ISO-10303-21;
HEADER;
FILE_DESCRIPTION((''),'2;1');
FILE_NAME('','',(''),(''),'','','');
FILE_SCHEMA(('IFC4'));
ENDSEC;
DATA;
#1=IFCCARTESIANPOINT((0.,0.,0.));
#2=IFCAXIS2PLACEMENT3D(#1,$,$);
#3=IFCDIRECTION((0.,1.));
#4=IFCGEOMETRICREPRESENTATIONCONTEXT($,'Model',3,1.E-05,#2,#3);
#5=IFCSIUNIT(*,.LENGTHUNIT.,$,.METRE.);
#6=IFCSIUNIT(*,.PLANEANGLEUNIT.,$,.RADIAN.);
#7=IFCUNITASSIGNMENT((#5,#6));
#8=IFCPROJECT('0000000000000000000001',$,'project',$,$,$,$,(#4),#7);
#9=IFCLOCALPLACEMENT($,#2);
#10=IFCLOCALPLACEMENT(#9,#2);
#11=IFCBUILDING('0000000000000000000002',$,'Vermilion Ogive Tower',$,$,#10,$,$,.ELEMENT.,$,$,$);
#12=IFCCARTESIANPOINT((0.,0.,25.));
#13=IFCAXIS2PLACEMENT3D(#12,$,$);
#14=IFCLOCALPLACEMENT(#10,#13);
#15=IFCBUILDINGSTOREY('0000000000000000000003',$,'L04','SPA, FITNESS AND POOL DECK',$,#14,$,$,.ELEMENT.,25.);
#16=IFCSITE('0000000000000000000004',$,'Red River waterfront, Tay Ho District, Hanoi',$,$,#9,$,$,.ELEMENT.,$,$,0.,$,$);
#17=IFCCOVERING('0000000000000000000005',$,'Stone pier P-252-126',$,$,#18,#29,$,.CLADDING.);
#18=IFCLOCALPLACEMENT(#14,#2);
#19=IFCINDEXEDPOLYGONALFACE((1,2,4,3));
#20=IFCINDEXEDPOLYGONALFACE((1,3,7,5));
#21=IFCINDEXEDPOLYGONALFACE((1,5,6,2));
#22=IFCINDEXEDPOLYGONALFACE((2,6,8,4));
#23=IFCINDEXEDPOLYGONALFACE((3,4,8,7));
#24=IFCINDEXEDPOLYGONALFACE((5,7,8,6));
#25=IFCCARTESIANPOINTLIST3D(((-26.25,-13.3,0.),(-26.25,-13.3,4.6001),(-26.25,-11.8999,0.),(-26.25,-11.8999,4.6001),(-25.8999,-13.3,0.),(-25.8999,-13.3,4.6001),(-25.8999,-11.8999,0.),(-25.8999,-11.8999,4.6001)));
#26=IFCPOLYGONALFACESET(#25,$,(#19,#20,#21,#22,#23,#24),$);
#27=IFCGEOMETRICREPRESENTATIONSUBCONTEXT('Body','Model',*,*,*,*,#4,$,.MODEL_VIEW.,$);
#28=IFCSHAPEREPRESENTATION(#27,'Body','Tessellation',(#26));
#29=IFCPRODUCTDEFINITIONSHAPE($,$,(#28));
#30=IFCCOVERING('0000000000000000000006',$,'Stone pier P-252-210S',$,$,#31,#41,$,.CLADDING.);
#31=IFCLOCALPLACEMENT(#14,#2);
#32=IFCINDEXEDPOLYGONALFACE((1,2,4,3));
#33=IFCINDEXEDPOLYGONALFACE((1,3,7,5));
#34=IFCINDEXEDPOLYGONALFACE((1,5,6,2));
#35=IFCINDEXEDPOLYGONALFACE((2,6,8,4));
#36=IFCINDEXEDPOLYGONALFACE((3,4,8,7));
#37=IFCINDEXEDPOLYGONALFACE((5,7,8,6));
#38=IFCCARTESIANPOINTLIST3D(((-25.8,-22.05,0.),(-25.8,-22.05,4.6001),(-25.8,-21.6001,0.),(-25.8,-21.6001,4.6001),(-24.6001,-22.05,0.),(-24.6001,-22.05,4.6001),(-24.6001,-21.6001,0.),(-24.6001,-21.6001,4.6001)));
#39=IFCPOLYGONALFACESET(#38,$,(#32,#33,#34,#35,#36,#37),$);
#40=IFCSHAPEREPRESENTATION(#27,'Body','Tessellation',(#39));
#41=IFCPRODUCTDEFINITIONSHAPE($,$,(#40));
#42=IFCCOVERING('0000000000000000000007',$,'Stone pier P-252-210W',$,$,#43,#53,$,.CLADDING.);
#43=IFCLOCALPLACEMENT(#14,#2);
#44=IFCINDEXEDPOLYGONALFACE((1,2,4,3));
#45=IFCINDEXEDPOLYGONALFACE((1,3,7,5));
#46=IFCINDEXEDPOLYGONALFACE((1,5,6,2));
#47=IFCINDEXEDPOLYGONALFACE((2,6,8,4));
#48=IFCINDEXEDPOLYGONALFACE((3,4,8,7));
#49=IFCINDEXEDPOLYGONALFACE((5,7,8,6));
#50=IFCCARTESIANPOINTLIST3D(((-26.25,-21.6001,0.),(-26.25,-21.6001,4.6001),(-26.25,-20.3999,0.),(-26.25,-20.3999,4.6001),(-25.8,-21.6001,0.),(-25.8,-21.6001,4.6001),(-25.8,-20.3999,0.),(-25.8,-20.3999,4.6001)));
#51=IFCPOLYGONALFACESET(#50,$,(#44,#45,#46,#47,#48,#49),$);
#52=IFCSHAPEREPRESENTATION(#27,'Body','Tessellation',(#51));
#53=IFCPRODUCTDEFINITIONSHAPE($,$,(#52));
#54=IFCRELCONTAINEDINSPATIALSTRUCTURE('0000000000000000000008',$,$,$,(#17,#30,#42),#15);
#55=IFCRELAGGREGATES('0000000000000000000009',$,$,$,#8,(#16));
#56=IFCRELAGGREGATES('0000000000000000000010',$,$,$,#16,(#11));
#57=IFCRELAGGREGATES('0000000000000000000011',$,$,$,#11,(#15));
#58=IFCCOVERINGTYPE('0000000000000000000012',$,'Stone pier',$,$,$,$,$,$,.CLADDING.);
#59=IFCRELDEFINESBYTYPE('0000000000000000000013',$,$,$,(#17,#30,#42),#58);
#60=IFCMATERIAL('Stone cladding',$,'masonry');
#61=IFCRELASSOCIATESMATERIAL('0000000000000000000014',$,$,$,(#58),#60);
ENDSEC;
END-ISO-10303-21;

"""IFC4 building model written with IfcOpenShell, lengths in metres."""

from ifc_helpers import new_model, si_unit, direction, frame, origin, place, context, subcontext, project, spatial, polyline, outline, extrude, material, type_object, element, save


model = new_model("IFC4")

# Units and contexts
model_context = context("Model", 3, precision=1e-05, world=origin(), true_north=direction((0.0, 1.0)))
body_context = subcontext(model_context, "Body", "Model", "MODEL_VIEW")
ifc_project = project(units=[si_unit("LENGTHUNIT", "METRE"), si_unit("PLANEANGLEUNIT", "RADIAN")], contexts=[model_context])

# Site, building, storey
site_placement = place(None, origin())
site = spatial("IfcSite", under=ifc_project, at=site_placement, Name="Red River waterfront, Tay Ho District, Hanoi", CompositionType="ELEMENT", RefElevation=0.0)
building_placement = place(site_placement, origin())
building = spatial("IfcBuilding", under=site, at=building_placement, Name="Vermilion Ogive Tower", CompositionType="ELEMENT")
storey_placement = place(building_placement, frame((0.0, 0.0, 25.0)))
storey = spatial("IfcBuildingStorey", under=building, at=storey_placement, Name="L04", Description="SPA, FITNESS AND POOL DECK", CompositionType="ELEMENT", Elevation=25.0)

# Coverings
ifc_material_1 = material(Name="Stone cladding", Category="masonry")
covering_type = type_object("IfcCoveringType", Name="Stone pier", PredefinedType="CLADDING", material=ifc_material_1)
covering_1_placement = place(storey_placement, origin())
element("IfcCovering", 1, at=covering_1_placement, inside=storey, type_object=covering_type, Name="Stone pier P-252-126", PredefinedType="CLADDING", context=body_context, shape_type="SweptSolid", body=[
    extrude(outline(polyline([(-25.8999, -13.3), (-25.8999, -13.3), (-26.25, -13.3), (-26.25, -11.8999), (-25.8999, -11.8999), (-25.8999, -11.8999), (-25.8999, -13.3)])), origin(), (0.0, 0.0, 1.0), 4.6001),
])
covering_2_placement = place(storey_placement, origin())
element("IfcCovering", 2, at=covering_2_placement, inside=storey, type_object=covering_type, Name="Stone pier P-252-210S", PredefinedType="CLADDING", context=body_context, shape_type="SweptSolid", body=[
    extrude(outline(polyline([(-24.6001, -22.05), (-25.8, -22.05), (-25.8, -21.6001), (-24.6001, -21.6001), (-24.6001, -22.05)])), origin(), (0.0, 0.0, 1.0), 4.6001),
])
covering_3_placement = place(storey_placement, origin())
element("IfcCovering", 3, at=covering_3_placement, inside=storey, type_object=covering_type, Name="Stone pier P-252-210W", PredefinedType="CLADDING", context=body_context, shape_type="SweptSolid", body=[
    extrude(outline(polyline([(-26.25, -20.3999), (-25.8, -20.3999), (-25.8, -21.6001), (-26.25, -21.6001), (-26.25, -20.3999)])), origin(), (0.0, 0.0, 1.0), 4.6001),
])

save(model, "model.ifc")
